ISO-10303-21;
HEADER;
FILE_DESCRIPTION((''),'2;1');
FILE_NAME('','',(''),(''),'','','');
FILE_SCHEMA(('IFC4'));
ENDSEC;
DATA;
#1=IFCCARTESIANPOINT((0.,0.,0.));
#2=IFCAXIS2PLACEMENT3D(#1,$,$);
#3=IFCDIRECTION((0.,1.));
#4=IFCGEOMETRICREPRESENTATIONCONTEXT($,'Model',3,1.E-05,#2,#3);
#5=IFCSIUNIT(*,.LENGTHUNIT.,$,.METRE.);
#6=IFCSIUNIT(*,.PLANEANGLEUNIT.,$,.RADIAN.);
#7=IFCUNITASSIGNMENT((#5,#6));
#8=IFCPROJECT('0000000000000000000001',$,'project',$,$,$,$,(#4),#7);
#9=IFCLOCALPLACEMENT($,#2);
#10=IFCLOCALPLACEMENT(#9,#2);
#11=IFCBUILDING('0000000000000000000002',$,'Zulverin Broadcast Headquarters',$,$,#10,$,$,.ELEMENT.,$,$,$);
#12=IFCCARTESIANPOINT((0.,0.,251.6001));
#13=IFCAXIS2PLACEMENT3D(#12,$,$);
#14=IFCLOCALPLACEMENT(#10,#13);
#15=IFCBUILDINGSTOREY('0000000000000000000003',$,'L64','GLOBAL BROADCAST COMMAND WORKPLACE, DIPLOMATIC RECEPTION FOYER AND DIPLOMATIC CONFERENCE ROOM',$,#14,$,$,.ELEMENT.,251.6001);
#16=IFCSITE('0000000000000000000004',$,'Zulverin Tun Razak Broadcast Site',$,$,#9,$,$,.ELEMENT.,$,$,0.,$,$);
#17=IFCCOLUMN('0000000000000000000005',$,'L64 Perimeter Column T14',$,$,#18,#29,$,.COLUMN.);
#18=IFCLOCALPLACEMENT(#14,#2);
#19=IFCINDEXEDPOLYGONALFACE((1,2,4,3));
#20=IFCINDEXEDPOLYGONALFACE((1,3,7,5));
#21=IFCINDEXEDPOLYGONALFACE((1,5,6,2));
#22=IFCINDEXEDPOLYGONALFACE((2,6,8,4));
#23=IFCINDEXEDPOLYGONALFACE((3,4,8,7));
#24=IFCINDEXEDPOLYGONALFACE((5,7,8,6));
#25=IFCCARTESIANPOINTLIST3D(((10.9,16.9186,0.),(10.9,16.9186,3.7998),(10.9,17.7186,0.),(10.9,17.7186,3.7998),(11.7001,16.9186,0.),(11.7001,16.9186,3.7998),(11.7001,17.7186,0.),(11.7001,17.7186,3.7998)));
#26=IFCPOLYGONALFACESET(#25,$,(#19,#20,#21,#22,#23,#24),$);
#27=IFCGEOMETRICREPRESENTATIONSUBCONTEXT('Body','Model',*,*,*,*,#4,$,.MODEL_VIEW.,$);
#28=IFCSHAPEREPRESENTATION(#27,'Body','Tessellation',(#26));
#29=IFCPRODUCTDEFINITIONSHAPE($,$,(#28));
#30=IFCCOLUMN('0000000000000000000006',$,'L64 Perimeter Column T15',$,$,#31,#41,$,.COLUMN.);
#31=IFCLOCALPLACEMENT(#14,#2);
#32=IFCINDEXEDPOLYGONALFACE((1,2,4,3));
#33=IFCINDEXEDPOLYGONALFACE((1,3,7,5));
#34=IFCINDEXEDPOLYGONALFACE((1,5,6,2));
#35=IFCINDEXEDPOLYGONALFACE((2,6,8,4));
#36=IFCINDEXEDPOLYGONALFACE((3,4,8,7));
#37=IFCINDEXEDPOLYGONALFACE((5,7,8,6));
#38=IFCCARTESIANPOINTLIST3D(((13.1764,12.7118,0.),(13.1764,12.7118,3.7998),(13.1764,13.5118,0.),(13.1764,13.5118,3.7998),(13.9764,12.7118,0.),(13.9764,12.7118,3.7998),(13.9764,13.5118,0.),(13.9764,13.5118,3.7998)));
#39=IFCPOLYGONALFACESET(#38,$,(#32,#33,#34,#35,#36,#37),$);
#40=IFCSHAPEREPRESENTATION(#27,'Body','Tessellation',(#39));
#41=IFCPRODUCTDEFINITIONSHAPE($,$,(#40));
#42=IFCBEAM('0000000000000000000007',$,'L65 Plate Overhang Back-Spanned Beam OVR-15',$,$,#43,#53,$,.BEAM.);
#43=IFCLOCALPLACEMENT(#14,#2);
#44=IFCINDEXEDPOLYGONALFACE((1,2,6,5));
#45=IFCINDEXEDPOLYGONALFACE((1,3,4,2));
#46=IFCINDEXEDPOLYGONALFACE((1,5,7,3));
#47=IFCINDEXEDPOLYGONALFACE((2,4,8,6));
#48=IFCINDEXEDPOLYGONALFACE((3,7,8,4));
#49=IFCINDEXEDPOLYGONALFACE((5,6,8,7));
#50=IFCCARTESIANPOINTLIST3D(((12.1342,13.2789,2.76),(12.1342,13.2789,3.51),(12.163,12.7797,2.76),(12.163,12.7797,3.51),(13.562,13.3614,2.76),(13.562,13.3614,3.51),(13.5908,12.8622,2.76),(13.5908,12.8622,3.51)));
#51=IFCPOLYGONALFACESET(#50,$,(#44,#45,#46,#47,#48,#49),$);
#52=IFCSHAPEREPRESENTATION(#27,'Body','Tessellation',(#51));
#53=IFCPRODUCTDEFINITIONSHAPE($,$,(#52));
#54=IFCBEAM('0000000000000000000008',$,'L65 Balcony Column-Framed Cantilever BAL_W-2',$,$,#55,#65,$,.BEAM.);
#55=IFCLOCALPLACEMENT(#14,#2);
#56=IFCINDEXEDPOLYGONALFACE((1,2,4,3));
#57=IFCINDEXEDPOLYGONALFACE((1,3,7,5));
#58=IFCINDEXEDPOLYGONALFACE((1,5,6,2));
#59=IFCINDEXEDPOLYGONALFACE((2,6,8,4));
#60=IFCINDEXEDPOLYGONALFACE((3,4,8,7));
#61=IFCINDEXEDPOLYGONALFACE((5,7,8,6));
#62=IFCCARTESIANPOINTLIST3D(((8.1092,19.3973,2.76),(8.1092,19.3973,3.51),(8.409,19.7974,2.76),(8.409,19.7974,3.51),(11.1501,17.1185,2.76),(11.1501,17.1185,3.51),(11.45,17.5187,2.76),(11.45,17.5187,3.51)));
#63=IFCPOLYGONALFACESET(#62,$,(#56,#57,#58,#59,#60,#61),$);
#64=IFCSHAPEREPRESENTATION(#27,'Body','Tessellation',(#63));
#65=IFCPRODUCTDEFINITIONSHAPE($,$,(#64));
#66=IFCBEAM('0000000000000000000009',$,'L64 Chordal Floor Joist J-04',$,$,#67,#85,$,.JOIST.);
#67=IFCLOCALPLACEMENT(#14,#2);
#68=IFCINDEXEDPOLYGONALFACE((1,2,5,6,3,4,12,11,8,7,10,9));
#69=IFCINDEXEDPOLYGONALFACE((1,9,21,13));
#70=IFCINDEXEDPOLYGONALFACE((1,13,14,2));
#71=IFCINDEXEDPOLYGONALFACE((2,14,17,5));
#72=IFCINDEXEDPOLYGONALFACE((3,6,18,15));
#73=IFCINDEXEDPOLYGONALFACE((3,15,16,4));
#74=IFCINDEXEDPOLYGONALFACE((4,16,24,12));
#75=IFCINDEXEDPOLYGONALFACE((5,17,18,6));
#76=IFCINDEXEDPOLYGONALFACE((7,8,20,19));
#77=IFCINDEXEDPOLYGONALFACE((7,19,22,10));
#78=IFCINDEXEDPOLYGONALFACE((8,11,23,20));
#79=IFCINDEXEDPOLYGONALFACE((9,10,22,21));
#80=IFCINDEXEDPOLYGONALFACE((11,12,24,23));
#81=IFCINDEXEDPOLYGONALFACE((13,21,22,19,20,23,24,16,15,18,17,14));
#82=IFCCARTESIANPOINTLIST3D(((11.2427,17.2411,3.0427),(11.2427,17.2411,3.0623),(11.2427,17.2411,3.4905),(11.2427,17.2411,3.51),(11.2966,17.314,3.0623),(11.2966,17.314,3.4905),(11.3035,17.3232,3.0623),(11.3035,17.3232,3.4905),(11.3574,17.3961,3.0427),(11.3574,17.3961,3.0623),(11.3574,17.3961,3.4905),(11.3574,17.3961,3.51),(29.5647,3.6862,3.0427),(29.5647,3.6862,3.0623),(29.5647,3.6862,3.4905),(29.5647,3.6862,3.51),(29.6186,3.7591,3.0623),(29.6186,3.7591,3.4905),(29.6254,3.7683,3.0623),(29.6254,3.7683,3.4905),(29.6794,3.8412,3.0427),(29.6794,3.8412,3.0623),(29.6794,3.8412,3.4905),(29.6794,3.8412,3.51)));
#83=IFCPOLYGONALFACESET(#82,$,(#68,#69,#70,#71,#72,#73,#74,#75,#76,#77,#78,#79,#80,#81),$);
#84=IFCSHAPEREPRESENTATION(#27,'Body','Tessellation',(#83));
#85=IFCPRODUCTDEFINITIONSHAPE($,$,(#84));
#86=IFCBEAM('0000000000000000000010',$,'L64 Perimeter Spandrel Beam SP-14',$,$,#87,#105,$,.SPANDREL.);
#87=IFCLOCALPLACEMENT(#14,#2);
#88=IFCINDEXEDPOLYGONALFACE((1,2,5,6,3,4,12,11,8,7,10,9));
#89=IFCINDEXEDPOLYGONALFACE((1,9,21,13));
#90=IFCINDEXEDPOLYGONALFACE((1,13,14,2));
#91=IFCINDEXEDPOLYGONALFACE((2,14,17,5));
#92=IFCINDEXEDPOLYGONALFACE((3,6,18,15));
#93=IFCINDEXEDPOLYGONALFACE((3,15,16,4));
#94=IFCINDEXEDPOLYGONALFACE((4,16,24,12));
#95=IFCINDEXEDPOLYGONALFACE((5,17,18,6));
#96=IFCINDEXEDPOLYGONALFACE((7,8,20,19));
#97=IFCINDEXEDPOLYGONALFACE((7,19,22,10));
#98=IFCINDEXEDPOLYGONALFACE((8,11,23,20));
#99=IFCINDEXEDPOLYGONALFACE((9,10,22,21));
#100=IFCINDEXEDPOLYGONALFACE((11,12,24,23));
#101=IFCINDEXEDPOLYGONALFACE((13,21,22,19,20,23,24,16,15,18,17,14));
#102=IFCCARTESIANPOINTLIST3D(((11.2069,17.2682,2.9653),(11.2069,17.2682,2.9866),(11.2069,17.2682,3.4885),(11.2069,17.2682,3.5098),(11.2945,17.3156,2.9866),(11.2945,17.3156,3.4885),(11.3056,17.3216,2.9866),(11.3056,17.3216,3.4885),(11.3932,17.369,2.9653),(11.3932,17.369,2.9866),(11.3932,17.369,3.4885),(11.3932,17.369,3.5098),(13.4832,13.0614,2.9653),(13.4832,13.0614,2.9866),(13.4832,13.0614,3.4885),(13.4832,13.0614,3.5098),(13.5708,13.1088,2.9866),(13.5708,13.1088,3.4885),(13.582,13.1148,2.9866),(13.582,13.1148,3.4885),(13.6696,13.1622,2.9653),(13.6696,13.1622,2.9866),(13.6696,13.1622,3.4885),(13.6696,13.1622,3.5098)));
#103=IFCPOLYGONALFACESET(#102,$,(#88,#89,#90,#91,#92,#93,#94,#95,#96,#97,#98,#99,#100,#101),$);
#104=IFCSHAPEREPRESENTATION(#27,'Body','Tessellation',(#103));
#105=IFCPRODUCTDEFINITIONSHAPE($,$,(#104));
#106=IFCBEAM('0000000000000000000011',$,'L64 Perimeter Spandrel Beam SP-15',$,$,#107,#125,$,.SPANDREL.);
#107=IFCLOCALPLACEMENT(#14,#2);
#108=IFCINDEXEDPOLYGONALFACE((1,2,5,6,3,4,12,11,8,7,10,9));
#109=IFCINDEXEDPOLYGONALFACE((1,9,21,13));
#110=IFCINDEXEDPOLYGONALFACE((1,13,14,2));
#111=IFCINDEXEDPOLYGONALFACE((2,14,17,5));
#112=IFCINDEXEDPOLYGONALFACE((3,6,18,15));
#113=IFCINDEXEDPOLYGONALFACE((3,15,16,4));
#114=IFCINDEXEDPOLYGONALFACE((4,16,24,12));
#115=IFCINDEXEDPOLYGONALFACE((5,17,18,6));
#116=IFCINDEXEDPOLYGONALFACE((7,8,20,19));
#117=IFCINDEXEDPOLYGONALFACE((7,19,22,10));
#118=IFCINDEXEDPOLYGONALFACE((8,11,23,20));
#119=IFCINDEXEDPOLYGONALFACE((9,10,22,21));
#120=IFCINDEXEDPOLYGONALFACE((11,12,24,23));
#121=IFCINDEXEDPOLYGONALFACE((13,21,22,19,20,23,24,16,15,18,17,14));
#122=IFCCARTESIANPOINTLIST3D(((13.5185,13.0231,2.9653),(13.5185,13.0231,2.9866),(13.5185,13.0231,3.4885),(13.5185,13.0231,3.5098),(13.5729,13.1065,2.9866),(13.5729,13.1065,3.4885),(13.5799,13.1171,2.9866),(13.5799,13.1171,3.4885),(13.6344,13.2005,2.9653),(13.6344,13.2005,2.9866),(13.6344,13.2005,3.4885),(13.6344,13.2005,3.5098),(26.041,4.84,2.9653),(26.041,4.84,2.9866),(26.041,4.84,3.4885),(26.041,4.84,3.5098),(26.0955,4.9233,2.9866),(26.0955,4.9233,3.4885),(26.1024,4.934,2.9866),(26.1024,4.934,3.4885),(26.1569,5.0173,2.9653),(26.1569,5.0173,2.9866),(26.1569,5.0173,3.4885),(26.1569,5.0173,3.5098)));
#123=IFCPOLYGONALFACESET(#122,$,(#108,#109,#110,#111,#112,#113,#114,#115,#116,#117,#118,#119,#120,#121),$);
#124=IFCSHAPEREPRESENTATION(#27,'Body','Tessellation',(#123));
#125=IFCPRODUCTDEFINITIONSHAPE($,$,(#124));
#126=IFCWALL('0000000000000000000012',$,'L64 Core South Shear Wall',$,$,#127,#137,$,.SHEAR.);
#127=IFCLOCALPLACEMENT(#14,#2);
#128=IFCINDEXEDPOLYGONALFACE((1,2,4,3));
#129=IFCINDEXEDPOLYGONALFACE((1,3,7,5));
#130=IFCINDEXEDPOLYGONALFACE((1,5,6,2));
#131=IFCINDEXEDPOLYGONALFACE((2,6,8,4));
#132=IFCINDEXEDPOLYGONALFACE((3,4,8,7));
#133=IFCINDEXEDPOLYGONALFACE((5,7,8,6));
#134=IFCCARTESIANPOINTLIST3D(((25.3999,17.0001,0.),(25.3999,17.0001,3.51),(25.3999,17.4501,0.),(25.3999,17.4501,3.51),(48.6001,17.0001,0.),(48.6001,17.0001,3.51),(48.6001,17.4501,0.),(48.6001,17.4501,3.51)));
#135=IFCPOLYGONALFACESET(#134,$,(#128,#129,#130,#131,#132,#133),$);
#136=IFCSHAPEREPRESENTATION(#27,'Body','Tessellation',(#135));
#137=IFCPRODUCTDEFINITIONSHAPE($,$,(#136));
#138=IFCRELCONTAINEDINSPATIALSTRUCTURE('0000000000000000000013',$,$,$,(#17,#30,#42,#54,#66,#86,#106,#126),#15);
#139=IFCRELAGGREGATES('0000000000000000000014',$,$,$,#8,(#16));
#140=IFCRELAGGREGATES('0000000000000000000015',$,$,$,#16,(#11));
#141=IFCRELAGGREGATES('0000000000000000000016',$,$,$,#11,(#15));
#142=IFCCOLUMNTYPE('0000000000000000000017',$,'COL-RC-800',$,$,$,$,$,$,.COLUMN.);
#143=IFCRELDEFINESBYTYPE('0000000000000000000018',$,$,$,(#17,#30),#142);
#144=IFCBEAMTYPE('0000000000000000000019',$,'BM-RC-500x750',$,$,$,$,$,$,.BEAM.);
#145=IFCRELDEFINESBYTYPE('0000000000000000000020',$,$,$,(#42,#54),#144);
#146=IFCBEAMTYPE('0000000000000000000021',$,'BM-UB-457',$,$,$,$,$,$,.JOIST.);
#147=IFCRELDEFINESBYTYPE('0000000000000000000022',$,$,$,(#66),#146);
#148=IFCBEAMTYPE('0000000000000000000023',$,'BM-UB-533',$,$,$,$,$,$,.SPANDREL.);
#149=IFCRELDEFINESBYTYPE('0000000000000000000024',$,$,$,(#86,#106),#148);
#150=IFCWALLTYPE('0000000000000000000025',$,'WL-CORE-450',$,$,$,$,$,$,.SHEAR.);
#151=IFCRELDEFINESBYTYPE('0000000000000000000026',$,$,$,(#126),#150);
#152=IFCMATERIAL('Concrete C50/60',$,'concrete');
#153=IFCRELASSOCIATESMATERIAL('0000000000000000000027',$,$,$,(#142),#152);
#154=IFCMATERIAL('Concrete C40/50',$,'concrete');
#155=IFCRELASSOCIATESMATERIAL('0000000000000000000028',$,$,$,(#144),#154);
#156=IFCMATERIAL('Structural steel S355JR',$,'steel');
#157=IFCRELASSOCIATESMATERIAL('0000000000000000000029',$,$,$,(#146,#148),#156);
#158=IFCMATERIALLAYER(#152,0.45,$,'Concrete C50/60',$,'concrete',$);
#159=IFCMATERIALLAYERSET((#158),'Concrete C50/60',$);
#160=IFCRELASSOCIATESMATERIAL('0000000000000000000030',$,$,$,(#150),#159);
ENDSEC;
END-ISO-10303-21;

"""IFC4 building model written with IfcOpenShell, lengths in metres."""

from ifc_helpers import new_model, si_unit, direction, frame, frame_2d, origin, origin_2d, place, context, subcontext, project, spatial, rectangle, i_section, extrude, material, layer, layer_set, material_profile, profile_set, type_object, element, save


model = new_model("IFC4")

# Units and contexts
model_context = context("Model", 3, precision=1e-05, world=origin(), true_north=direction((0.0, 1.0)))
body_context = subcontext(model_context, "Body", "Model", "MODEL_VIEW")
ifc_project = project(units=[si_unit("LENGTHUNIT", "METRE"), si_unit("PLANEANGLEUNIT", "RADIAN")], contexts=[model_context])

# Site, building, storey
site_placement = place(None, origin())
site = spatial("IfcSite", under=ifc_project, at=site_placement, Name="Zulverin Tun Razak Broadcast Site", CompositionType="ELEMENT", RefElevation=0.0)
building_placement = place(site_placement, origin())
building = spatial("IfcBuilding", under=site, at=building_placement, Name="Zulverin Broadcast Headquarters", CompositionType="ELEMENT")
storey_placement = place(building_placement, frame((0.0, 0.0, 251.6001)))
storey = spatial("IfcBuildingStorey", under=building, at=storey_placement, Name="L64", Description="GLOBAL BROADCAST COMMAND WORKPLACE, DIPLOMATIC RECEPTION FOYER AND DIPLOMATIC CONFERENCE ROOM", CompositionType="ELEMENT", Elevation=251.6001)

# Columns
ifc_material_1 = material(Name="Concrete C50/60", Category="concrete")
ifc_material_profile_1 = material_profile(ifc_material_1, rectangle(XDim=0.8, YDim=0.8, at=origin_2d()), Name="Concrete C50/60", Category="concrete")
ifc_profile_set_1 = profile_set([ifc_material_profile_1], Name="Concrete C50/60")
column_type = type_object("IfcColumnType", Name="COL-RC-800", PredefinedType="COLUMN", material=ifc_profile_set_1)
for number, where, z_axis, x_axis, name in (
    (1, (11.3, 17.3186, 0.0), (0.0, 0.0, 1.0), (1.0, 0.0, 0.0), "L64 Perimeter Column T14"),
    (2, (13.5764, 13.1118, 0.0), (0.0, 0.0, 1.0), (1.0, 0.0, 0.0), "L64 Perimeter Column T15"),
):
    element("IfcColumn", number, at=place(storey_placement, frame(where, z_axis=z_axis, x_axis=x_axis)), inside=storey, type_object=column_type, Name=name, PredefinedType="COLUMN", context=body_context, shape_type="SweptSolid", body=[
        extrude(rectangle(XDim=0.8, YDim=0.8, at=origin_2d()), origin(), (0.0, 0.0, 1.0), 3.7998),
    ])

# Beams
ifc_material_2 = material(Name="Concrete C40/50", Category="concrete")
ifc_material_profile_2 = material_profile(ifc_material_2, rectangle(XDim=0.5, YDim=0.75, at=origin_2d()), Name="Concrete C40/50", Category="concrete")
ifc_profile_set_2 = profile_set([ifc_material_profile_2], Name="Concrete C40/50")
beam_type_1 = type_object("IfcBeamType", Name="BM-RC-500x750", PredefinedType="BEAM", material=ifc_profile_set_2)
beam_1_placement = place(storey_placement, frame((13.5764, 13.1118, 3.135), z_axis=(-0.998334, -0.057701, 0.0), x_axis=(0.057701, -0.998334, 0.0)))
element("IfcBeam", 3, at=beam_1_placement, inside=storey, type_object=beam_type_1, Name="L65 Plate Overhang Back-Spanned Beam OVR-15", PredefinedType="BEAM", context=body_context, shape_type="SweptSolid", body=[
    extrude(rectangle(XDim=0.5, YDim=0.75, at=origin_2d()), origin(), (0.0, 0.0, 1.0), 1.4302),
])
beam_2_placement = place(storey_placement, frame((11.3, 17.3186, 3.135), z_axis=(-0.800247, 0.599671, 0.0), x_axis=(-0.599671, -0.800247, 0.0)))
element("IfcBeam", 4, at=beam_2_placement, inside=storey, type_object=beam_type_1, Name="L65 Balcony Column-Framed Cantilever BAL_W-2", PredefinedType="BEAM", context=body_context, shape_type="SweptSolid", body=[
    extrude(rectangle(XDim=0.5, YDim=0.75, at=origin_2d()), origin(), (0.0, 0.0, 1.0), 3.8),
])
ifc_material_3 = material(Name="Structural steel S355JR", Category="steel")
ifc_material_profile_3 = material_profile(ifc_material_3, i_section(OverallWidth=0.1929, OverallDepth=0.4673, WebThickness=0.0115, FlangeThickness=0.0195, at=origin_2d()), Name="Structural steel S355JR", Category="steel")
ifc_profile_set_3 = profile_set([ifc_material_profile_3], Name="Structural steel S355JR")
beam_type_2 = type_object("IfcBeamType", Name="BM-UB-457", PredefinedType="JOIST", material=ifc_profile_set_3)
beam_3_placement = place(storey_placement, frame((11.3, 17.3186, 3.2764), z_axis=(0.803912, -0.594748, 0.0), x_axis=(0.594748, 0.803912, 0.0)))
element("IfcBeam", 5, at=beam_3_placement, inside=storey, type_object=beam_type_2, Name="L64 Chordal Floor Joist J-04", PredefinedType="JOIST", context=body_context, shape_type="SweptSolid", body=[
    extrude(i_section(OverallWidth=0.1929, OverallDepth=0.4673, WebThickness=0.0115, FlangeThickness=0.0195, at=origin_2d()), origin(), (0.0, 0.0, 1.0), 22.791),
])
ifc_material_profile_4 = material_profile(ifc_material_3, i_section(OverallWidth=0.2119, OverallDepth=0.5444, WebThickness=0.0127, FlangeThickness=0.0212, at=origin_2d()), Name="Structural steel S355JR", Category="steel")
ifc_profile_set_4 = profile_set([ifc_material_profile_4], Name="Structural steel S355JR")
beam_type_3 = type_object("IfcBeamType", Name="BM-UB-533", PredefinedType="SPANDREL", material=ifc_profile_set_4)
beam_4_placement = place(storey_placement, frame((11.3, 17.3186, 3.2375), z_axis=(0.47591, -0.879494, 0.0), x_axis=(0.879494, 0.47591, 0.0)))
element("IfcBeam", 6, at=beam_4_placement, inside=storey, type_object=beam_type_3, Name="L64 Perimeter Spandrel Beam SP-14", PredefinedType="SPANDREL", context=body_context, shape_type="SweptSolid", body=[
    extrude(i_section(OverallWidth=0.2119, OverallDepth=0.5444, WebThickness=0.0127, FlangeThickness=0.0212, at=origin_2d()), origin(), (0.0, 0.0, 1.0), 4.7832),
])
beam_5_placement = place(storey_placement, frame((13.5764, 13.1118, 3.2375), z_axis=(0.837112, -0.547031, 0.0), x_axis=(0.547031, 0.837112, 0.0)))
element("IfcBeam", 7, at=beam_5_placement, inside=storey, type_object=beam_type_3, Name="L64 Perimeter Spandrel Beam SP-15", PredefinedType="SPANDREL", context=body_context, shape_type="SweptSolid", body=[
    extrude(i_section(OverallWidth=0.2119, OverallDepth=0.5444, WebThickness=0.0127, FlangeThickness=0.0212, at=origin_2d()), origin(), (0.0, 0.0, 1.0), 14.9592),
])

# Wall
ifc_layer_1 = layer(ifc_material_1, 0.45, Name="Concrete C50/60", Category="concrete")
ifc_layer_set_1 = layer_set([ifc_layer_1], Name="Concrete C50/60")
wall_type_1 = type_object("IfcWallType", Name="WL-CORE-450", PredefinedType="SHEAR", material=ifc_layer_set_1)
wall_1_placement = place(storey_placement, frame((25.3999, 17.2251, 0.0), z_axis=(0.0, 0.0, 1.0), x_axis=(1.0, 0.0, 0.0)))
element("IfcWall", 8, at=wall_1_placement, inside=storey, type_object=wall_type_1, Name="L64 Core South Shear Wall", PredefinedType="SHEAR", context=body_context, shape_type="SweptSolid", body=[
    extrude(rectangle(XDim=23.2002, YDim=0.45, at=frame_2d((11.6001, 0.0))), origin(), (0.0, 0.0, 1.0), 3.51),
])

save(model, "model.ifc")
